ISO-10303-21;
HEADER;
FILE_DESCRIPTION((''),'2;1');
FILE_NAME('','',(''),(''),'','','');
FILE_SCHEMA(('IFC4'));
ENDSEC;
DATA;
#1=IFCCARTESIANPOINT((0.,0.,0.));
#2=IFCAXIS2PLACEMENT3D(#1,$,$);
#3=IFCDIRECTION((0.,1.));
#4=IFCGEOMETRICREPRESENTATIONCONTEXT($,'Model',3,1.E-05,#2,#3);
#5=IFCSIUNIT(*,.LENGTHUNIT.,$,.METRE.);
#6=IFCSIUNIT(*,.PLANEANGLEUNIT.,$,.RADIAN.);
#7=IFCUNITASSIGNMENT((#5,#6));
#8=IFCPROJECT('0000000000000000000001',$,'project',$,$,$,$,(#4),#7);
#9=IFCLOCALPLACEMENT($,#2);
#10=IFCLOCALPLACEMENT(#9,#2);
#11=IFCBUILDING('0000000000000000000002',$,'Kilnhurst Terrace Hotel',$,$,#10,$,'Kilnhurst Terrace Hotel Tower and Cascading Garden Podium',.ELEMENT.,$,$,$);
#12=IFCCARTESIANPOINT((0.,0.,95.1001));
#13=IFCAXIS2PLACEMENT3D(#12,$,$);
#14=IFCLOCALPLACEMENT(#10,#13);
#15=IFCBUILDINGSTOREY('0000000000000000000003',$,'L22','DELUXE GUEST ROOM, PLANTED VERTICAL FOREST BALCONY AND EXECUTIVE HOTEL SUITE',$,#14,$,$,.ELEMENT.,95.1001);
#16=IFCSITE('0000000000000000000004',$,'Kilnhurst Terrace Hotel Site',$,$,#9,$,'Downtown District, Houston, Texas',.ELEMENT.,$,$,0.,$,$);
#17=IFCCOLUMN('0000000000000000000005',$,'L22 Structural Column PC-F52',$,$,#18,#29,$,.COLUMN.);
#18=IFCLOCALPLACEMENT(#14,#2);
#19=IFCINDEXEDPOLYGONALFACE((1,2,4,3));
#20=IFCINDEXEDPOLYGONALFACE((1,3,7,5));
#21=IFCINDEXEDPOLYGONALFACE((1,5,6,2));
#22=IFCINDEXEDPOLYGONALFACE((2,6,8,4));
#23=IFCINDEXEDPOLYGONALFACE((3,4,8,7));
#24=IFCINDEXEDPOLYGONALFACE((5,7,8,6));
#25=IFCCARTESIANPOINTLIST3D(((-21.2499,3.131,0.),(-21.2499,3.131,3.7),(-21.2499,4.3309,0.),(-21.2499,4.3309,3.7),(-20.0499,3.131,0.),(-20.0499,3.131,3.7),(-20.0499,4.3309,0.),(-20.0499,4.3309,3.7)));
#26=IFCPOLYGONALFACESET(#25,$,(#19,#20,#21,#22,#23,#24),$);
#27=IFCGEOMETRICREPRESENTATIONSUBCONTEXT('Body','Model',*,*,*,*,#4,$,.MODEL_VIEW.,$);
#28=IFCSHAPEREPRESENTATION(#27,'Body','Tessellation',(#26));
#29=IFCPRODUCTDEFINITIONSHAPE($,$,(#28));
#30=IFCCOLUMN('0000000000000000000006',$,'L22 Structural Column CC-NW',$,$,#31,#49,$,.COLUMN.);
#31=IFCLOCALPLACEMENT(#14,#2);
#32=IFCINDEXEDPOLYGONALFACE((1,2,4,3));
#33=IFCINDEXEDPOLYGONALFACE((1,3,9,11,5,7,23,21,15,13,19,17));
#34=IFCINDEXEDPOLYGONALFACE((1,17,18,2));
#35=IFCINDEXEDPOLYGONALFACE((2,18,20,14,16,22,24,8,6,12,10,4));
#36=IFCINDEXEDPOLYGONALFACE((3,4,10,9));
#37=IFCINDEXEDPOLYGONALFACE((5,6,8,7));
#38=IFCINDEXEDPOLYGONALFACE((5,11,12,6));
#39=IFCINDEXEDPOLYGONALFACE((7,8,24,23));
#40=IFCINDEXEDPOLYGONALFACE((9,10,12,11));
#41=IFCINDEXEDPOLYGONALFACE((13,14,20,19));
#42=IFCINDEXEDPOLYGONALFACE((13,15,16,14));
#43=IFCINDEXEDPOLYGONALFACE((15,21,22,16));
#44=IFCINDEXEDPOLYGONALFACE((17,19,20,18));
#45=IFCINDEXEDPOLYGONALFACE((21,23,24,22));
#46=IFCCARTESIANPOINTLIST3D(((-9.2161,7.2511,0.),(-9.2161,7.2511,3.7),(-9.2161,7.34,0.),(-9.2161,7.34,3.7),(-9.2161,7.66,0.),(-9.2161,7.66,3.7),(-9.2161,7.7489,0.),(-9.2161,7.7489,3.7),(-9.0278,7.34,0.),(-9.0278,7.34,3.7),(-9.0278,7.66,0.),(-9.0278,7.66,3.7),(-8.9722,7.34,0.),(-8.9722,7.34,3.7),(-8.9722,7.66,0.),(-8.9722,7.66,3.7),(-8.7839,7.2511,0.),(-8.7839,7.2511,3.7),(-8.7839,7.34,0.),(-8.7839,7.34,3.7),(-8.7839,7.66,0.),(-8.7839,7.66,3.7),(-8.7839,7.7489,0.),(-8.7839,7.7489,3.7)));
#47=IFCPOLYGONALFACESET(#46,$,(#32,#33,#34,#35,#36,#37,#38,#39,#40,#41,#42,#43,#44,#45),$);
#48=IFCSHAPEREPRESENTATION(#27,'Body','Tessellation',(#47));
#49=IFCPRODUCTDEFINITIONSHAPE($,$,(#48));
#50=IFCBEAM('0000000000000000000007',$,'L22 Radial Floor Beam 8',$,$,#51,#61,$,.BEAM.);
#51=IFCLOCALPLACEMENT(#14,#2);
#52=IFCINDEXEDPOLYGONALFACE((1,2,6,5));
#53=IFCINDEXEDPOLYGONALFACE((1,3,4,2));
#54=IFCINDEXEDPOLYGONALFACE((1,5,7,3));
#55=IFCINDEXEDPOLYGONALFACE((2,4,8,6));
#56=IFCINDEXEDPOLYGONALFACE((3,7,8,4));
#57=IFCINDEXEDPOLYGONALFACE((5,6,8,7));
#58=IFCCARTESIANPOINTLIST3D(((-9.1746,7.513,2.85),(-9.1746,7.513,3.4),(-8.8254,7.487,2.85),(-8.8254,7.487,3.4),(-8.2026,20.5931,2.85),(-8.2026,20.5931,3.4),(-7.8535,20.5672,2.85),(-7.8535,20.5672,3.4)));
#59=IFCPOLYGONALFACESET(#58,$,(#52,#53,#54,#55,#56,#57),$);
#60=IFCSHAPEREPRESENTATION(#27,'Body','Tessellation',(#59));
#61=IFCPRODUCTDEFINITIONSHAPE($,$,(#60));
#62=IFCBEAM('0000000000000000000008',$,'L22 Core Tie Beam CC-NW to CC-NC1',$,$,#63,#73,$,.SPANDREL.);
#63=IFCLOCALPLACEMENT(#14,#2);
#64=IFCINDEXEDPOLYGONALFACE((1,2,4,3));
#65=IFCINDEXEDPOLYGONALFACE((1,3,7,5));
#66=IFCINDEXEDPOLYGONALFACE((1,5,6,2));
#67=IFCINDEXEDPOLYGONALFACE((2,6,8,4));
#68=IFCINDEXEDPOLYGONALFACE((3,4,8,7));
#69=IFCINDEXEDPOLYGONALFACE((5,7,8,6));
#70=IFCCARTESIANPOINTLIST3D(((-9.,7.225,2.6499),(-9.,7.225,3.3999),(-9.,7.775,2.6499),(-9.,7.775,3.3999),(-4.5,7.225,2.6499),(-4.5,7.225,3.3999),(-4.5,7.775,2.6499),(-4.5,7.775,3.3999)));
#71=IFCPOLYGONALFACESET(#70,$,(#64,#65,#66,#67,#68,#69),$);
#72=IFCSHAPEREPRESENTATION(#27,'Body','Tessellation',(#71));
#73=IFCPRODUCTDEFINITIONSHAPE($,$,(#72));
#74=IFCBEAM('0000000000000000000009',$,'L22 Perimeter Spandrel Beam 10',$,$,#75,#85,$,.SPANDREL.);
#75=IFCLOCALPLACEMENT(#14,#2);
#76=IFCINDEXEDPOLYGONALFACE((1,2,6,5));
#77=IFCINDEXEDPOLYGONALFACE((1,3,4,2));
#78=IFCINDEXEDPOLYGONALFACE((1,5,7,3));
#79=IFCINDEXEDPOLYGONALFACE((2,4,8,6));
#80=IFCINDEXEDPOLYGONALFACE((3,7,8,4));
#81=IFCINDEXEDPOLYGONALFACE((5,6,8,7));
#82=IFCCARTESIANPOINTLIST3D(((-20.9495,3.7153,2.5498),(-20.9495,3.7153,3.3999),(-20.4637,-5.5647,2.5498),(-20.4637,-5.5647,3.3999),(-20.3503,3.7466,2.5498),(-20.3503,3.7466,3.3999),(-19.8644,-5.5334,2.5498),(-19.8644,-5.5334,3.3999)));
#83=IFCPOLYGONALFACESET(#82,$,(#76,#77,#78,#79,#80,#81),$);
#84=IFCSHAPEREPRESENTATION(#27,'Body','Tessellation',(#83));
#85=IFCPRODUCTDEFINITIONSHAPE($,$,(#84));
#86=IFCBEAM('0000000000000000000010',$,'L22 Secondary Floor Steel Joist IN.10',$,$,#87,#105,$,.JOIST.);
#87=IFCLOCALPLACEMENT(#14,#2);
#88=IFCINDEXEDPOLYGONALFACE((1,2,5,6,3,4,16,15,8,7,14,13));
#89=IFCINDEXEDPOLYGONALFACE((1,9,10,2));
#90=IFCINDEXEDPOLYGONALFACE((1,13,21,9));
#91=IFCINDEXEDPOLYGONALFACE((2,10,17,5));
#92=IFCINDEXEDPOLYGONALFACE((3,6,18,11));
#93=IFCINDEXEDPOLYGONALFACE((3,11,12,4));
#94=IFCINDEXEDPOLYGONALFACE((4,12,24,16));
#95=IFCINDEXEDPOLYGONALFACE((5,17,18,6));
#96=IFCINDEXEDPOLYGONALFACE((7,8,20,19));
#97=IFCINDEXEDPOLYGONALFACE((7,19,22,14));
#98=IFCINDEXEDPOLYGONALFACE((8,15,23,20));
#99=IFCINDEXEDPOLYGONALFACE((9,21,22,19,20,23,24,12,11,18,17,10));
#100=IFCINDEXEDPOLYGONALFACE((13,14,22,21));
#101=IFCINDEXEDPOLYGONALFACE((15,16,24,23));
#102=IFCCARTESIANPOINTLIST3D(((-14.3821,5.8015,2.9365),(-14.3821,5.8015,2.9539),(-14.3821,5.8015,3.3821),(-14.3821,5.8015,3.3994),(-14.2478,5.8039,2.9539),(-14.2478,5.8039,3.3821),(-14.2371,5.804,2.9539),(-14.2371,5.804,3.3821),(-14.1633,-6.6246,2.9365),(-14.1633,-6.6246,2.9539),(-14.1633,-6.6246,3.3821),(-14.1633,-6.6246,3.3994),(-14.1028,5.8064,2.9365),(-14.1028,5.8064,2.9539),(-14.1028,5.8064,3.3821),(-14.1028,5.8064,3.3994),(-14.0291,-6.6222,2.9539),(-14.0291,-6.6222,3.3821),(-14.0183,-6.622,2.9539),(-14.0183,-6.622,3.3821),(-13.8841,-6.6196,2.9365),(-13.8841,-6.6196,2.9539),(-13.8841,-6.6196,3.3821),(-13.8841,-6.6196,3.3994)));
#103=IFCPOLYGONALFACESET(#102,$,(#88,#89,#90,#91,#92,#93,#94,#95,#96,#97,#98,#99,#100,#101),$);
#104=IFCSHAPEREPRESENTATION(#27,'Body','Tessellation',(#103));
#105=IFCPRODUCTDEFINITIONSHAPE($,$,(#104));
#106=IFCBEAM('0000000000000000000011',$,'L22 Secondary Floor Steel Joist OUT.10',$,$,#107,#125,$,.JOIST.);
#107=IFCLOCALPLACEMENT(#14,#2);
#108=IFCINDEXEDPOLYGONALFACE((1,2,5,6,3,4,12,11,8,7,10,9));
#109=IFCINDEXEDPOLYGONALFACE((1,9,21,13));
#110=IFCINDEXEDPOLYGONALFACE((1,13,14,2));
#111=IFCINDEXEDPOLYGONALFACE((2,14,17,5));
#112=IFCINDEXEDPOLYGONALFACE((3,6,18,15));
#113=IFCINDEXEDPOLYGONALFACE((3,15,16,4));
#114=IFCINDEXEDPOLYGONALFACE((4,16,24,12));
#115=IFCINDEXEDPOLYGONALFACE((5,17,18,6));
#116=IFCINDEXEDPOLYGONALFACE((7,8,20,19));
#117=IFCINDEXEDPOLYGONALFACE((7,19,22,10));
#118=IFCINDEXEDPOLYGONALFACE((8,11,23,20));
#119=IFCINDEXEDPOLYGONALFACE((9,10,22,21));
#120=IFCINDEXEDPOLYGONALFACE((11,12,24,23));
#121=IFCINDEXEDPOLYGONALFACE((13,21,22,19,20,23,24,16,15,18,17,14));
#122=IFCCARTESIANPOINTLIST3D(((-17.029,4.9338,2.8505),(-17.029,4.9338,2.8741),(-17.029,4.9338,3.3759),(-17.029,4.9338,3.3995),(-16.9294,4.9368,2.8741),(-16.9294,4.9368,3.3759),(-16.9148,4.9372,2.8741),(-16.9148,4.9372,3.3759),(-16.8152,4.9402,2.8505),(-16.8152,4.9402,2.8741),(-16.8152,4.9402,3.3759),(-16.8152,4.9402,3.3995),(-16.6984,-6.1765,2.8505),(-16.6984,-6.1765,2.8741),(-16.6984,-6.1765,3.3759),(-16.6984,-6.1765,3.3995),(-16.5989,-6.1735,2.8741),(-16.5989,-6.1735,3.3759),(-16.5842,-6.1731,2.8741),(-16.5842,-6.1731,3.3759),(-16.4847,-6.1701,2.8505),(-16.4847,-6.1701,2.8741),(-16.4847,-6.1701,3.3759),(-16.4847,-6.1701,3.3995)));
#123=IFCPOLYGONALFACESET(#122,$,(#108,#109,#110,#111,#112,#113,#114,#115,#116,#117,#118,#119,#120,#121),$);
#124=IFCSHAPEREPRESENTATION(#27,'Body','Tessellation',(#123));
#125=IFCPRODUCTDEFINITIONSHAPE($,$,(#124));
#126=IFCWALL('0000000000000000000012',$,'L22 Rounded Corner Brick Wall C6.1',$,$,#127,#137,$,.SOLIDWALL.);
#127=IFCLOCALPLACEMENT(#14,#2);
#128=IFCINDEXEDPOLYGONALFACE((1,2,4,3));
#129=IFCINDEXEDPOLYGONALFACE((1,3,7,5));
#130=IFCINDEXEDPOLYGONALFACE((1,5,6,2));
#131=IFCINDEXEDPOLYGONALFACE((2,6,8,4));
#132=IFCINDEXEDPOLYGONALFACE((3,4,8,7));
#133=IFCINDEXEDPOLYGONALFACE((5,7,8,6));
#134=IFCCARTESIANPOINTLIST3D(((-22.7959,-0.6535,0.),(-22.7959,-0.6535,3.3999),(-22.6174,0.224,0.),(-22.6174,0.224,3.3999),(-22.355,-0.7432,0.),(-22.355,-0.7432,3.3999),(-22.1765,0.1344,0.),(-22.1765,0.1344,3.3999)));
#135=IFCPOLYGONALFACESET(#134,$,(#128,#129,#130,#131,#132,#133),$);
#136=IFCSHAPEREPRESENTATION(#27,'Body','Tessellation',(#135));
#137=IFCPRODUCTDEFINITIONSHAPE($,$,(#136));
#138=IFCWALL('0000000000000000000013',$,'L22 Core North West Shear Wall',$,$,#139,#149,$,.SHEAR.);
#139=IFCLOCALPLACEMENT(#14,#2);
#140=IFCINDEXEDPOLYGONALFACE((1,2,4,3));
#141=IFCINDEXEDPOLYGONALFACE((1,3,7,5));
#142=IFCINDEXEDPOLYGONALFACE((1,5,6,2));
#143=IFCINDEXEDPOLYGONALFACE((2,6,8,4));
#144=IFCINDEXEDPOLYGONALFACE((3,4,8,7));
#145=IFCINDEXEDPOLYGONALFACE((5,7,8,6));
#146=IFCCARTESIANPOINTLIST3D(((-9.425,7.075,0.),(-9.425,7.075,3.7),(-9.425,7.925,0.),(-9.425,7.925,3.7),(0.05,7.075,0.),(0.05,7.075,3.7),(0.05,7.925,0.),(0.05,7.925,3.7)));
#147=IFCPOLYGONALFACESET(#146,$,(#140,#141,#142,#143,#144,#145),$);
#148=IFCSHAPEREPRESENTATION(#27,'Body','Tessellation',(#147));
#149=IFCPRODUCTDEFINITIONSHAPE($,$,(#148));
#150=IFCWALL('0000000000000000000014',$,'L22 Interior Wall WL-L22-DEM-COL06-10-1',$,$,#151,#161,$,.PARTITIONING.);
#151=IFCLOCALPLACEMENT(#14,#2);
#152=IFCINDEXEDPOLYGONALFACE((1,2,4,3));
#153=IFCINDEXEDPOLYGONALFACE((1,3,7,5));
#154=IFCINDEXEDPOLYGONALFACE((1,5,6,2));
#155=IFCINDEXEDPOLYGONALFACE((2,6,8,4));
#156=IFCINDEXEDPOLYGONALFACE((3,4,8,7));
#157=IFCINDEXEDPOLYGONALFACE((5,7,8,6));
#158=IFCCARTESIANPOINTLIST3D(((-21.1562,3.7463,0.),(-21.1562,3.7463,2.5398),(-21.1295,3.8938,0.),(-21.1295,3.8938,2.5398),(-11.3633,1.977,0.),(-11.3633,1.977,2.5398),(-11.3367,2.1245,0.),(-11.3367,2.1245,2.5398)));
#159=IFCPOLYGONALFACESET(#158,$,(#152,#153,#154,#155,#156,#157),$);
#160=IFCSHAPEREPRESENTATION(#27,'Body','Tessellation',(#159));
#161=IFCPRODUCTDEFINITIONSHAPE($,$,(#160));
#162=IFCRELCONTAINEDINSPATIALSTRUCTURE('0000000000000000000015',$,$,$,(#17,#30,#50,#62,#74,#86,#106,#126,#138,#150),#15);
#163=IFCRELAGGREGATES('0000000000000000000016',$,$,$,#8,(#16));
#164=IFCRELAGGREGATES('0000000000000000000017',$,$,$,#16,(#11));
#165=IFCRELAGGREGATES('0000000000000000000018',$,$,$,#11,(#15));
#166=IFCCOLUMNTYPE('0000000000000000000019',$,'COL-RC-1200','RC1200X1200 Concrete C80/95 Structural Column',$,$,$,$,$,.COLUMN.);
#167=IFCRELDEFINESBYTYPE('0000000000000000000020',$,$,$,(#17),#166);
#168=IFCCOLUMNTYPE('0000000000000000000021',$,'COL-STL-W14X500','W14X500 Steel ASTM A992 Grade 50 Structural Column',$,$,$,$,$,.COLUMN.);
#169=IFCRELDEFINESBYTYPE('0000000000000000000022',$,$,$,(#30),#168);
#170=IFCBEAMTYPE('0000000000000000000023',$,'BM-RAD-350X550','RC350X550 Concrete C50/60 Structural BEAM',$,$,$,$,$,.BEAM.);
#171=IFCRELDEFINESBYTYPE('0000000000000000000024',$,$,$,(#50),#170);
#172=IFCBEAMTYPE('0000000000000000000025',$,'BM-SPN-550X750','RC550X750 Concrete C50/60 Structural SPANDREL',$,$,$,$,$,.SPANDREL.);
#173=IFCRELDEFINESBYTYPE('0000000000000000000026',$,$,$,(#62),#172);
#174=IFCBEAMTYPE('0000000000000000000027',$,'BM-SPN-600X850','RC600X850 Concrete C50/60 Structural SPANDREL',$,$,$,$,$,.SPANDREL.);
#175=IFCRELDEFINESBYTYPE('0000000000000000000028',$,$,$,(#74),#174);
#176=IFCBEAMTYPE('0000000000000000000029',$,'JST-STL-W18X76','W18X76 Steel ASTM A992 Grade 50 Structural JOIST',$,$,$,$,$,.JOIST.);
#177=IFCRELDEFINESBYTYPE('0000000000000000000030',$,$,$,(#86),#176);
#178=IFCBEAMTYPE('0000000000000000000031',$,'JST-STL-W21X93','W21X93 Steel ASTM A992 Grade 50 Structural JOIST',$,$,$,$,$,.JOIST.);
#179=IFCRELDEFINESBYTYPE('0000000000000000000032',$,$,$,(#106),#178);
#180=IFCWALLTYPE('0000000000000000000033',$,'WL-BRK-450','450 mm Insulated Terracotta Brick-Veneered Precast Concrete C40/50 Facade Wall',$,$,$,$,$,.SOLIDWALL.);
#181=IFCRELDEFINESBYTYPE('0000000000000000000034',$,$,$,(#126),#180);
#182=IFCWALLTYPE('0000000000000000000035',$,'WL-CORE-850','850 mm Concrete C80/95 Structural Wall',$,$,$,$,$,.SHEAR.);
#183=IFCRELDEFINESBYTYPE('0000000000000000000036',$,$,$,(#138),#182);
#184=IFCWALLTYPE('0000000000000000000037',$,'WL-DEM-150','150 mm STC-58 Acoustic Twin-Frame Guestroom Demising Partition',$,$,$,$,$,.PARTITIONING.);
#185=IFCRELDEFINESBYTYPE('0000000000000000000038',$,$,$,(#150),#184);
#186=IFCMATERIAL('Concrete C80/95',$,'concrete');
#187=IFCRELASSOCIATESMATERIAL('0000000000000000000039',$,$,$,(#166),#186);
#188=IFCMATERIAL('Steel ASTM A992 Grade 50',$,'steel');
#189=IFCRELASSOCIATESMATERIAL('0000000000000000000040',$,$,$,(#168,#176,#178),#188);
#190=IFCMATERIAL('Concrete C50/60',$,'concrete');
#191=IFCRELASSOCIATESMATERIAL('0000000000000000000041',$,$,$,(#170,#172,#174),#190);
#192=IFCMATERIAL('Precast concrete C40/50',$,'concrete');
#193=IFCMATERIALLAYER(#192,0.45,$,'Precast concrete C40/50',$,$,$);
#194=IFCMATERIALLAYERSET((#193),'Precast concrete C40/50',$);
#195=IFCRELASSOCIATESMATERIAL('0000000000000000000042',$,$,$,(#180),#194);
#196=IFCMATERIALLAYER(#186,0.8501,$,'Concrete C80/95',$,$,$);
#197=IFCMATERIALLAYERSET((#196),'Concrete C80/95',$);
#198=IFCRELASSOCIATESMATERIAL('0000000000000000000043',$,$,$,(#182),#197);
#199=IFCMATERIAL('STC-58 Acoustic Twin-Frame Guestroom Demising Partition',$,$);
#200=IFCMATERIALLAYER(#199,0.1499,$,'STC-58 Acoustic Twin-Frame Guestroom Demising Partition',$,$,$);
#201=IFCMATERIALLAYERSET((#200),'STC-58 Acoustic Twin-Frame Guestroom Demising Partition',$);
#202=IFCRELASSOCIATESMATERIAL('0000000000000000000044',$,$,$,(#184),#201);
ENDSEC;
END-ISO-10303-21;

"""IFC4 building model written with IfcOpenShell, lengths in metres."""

from ifc_helpers import new_model, si_unit, direction, frame, frame_2d, origin, origin_2d, place, context, subcontext, project, spatial, rectangle, i_section, extrude, material, layer, layer_set, material_profile, profile_set, type_object, element, save


model = new_model("IFC4")

# Units and contexts
model_context = context("Model", 3, precision=1e-05, world=origin(), true_north=direction((0.0, 1.0)))
body_context = subcontext(model_context, "Body", "Model", "MODEL_VIEW")
ifc_project = project(units=[si_unit("LENGTHUNIT", "METRE"), si_unit("PLANEANGLEUNIT", "RADIAN")], contexts=[model_context])

# Site, building, storey
site_placement = place(None, origin())
site = spatial("IfcSite", under=ifc_project, at=site_placement, Name="Kilnhurst Terrace Hotel Site", LongName="Downtown District, Houston, Texas", CompositionType="ELEMENT", RefElevation=0.0)
building_placement = place(site_placement, origin())
building = spatial("IfcBuilding", under=site, at=building_placement, Name="Kilnhurst Terrace Hotel", LongName="Kilnhurst Terrace Hotel Tower and Cascading Garden Podium", CompositionType="ELEMENT")
storey_placement = place(building_placement, frame((0.0, 0.0, 95.1001)))
storey = spatial("IfcBuildingStorey", under=building, at=storey_placement, Name="L22", Description="DELUXE GUEST ROOM, PLANTED VERTICAL FOREST BALCONY AND EXECUTIVE HOTEL SUITE", CompositionType="ELEMENT", Elevation=95.1001)

# Columns
ifc_material_1 = material(Name="Concrete C80/95", Category="concrete")
ifc_material_profile_1 = material_profile(ifc_material_1, rectangle(XDim=1.2, YDim=1.2, at=origin_2d()), Name="RC1200X1200")
ifc_profile_set_1 = profile_set([ifc_material_profile_1], Name="Concrete C80/95")
column_type_1 = type_object("IfcColumnType", Name="COL-RC-1200", Description="RC1200X1200 Concrete C80/95 Structural Column", PredefinedType="COLUMN", material=ifc_profile_set_1)
column_1_placement = place(storey_placement, frame((-20.6499, 3.731, 0.0), z_axis=(0.0, 0.0, 1.0), x_axis=(1.0, 0.0, 0.0)))
element("IfcColumn", 1, at=column_1_placement, inside=storey, type_object=column_type_1, Name="L22 Structural Column PC-F52", PredefinedType="COLUMN", context=body_context, shape_type="SweptSolid", body=[
    extrude(rectangle(XDim=1.2, YDim=1.2, at=origin_2d()), origin(), (0.0, 0.0, 1.0), 3.7),
])
ifc_material_2 = material(Name="Steel ASTM A992 Grade 50", Category="steel")
ifc_material_profile_2 = material_profile(ifc_material_2, i_section(OverallWidth=0.4321, OverallDepth=0.4978, WebThickness=0.0557, FlangeThickness=0.0889, at=origin_2d()), Name="W14X500")
ifc_profile_set_2 = profile_set([ifc_material_profile_2], Name="Steel ASTM A992 Grade 50")
column_type_2 = type_object("IfcColumnType", Name="COL-STL-W14X500", Description="W14X500 Steel ASTM A992 Grade 50 Structural Column", PredefinedType="COLUMN", material=ifc_profile_set_2)
column_2_placement = place(storey_placement, frame((-9.0, 7.5, 0.0), z_axis=(0.0, 0.0, 1.0), x_axis=(1.0, 0.0, 0.0)))
element("IfcColumn", 2, at=column_2_placement, inside=storey, type_object=column_type_2, Name="L22 Structural Column CC-NW", PredefinedType="COLUMN", context=body_context, shape_type="SweptSolid", body=[
    extrude(i_section(OverallWidth=0.4321, OverallDepth=0.4978, WebThickness=0.0557, FlangeThickness=0.0889, at=origin_2d()), origin(), (0.0, 0.0, 1.0), 3.7),
])

# Beams
ifc_material_3 = material(Name="Concrete C50/60", Category="concrete")
ifc_material_profile_3 = material_profile(ifc_material_3, rectangle(XDim=0.3501, YDim=0.55, at=origin_2d()), Name="RC350X550")
ifc_profile_set_3 = profile_set([ifc_material_profile_3], Name="Concrete C50/60")
beam_type_1 = type_object("IfcBeamType", Name="BM-RAD-350X550", Description="RC350X550 Concrete C50/60 Structural BEAM", PredefinedType="BEAM", material=ifc_profile_set_3)
beam_1_placement = place(storey_placement, frame((-9.0, 7.5, 3.125), z_axis=(0.074101, 0.997251, 0.0), x_axis=(-0.997251, 0.074101, 0.0)))
element("IfcBeam", 3, at=beam_1_placement, inside=storey, type_object=beam_type_1, Name="L22 Radial Floor Beam 8", PredefinedType="BEAM", context=body_context, shape_type="SweptSolid", body=[
    extrude(rectangle(XDim=0.3501, YDim=0.55, at=origin_2d()), origin(), (0.0, 0.0, 1.0), 13.1162),
])
ifc_material_profile_4 = material_profile(ifc_material_3, rectangle(XDim=0.55, YDim=0.75, at=origin_2d()), Name="RC550X750")
ifc_profile_set_4 = profile_set([ifc_material_profile_4], Name="Concrete C50/60")
beam_type_2 = type_object("IfcBeamType", Name="BM-SPN-550X750", Description="RC550X750 Concrete C50/60 Structural SPANDREL", PredefinedType="SPANDREL", material=ifc_profile_set_4)
beam_2_placement = place(storey_placement, frame((-9.0, 7.5, 3.0249), z_axis=(1.0, 0.0, 0.0), x_axis=(0.0, 1.0, 0.0)))
element("IfcBeam", 4, at=beam_2_placement, inside=storey, type_object=beam_type_2, Name="L22 Core Tie Beam CC-NW to CC-NC1", PredefinedType="SPANDREL", context=body_context, shape_type="SweptSolid", body=[
    extrude(rectangle(XDim=0.55, YDim=0.75, at=origin_2d()), origin(), (0.0, 0.0, 1.0), 4.5),
])
ifc_material_profile_5 = material_profile(ifc_material_3, rectangle(XDim=0.6001, YDim=0.8501, at=origin_2d()), Name="RC600X850")
ifc_profile_set_5 = profile_set([ifc_material_profile_5], Name="Concrete C50/60")
beam_type_3 = type_object("IfcBeamType", Name="BM-SPN-600X850", Description="RC600X850 Concrete C50/60 Structural SPANDREL", PredefinedType="SPANDREL", material=ifc_profile_set_5)
beam_3_placement = place(storey_placement, frame((-20.6499, 3.731, 2.9749), z_axis=(0.052282, -0.998632, 0.0), x_axis=(0.998632, 0.052282, 0.0)))
element("IfcBeam", 5, at=beam_3_placement, inside=storey, type_object=beam_type_3, Name="L22 Perimeter Spandrel Beam 10", PredefinedType="SPANDREL", context=body_context, shape_type="SweptSolid", body=[
    extrude(rectangle(XDim=0.6001, YDim=0.8501, at=origin_2d()), origin(), (0.0, 0.0, 1.0), 9.2927),
])
ifc_material_profile_6 = material_profile(ifc_material_2, i_section(OverallWidth=0.2793, OverallDepth=0.4629, WebThickness=0.0107, FlangeThickness=0.0173, at=origin_2d()), Name="W18X76")
ifc_profile_set_6 = profile_set([ifc_material_profile_6], Name="Steel ASTM A992 Grade 50")
beam_type_4 = type_object("IfcBeamType", Name="JST-STL-W18X76", Description="W18X76 Steel ASTM A992 Grade 50 Structural JOIST", PredefinedType="JOIST", material=ifc_profile_set_6)
beam_4_placement = place(storey_placement, frame((-14.2424, 5.804, 3.168), z_axis=(0.017601, -0.999845, 0.0), x_axis=(0.999845, 0.017601, 0.0)))
element("IfcBeam", 6, at=beam_4_placement, inside=storey, type_object=beam_type_4, Name="L22 Secondary Floor Steel Joist IN.10", PredefinedType="JOIST", context=body_context, shape_type="SweptSolid", body=[
    extrude(i_section(OverallWidth=0.2793, OverallDepth=0.4629, WebThickness=0.0107, FlangeThickness=0.0173, at=origin_2d()), origin(), (0.0, 0.0, 1.0), 12.428),
])
ifc_material_profile_7 = material_profile(ifc_material_2, i_section(OverallWidth=0.2139, OverallDepth=0.5491, WebThickness=0.0146, FlangeThickness=0.0237, at=origin_2d()), Name="W21X93")
ifc_profile_set_7 = profile_set([ifc_material_profile_7], Name="Steel ASTM A992 Grade 50")
beam_type_5 = type_object("IfcBeamType", Name="JST-STL-W21X93", Description="W21X93 Steel ASTM A992 Grade 50 Structural JOIST", PredefinedType="JOIST", material=ifc_profile_set_7)
beam_5_placement = place(storey_placement, frame((-16.9221, 4.937, 3.125), z_axis=(0.02974, -0.999558, 0.0), x_axis=(0.999558, 0.02974, 0.0)))
element("IfcBeam", 7, at=beam_5_placement, inside=storey, type_object=beam_type_5, Name="L22 Secondary Floor Steel Joist OUT.10", PredefinedType="JOIST", context=body_context, shape_type="SweptSolid", body=[
    extrude(i_section(OverallWidth=0.2139, OverallDepth=0.5491, WebThickness=0.0146, FlangeThickness=0.0237, at=origin_2d()), origin(), (0.0, 0.0, 1.0), 11.1152),
])

# Walls
ifc_material_4 = material(Name="Precast concrete C40/50", Category="concrete")
ifc_layer_1 = layer(ifc_material_4, 0.45, Name="Precast concrete C40/50")
ifc_layer_set_1 = layer_set([ifc_layer_1], Name="Precast concrete C40/50")
wall_type_1 = type_object("IfcWallType", Name="WL-BRK-450", Description="450 mm Insulated Terracotta Brick-Veneered Precast Concrete C40/50 Facade Wall", PredefinedType="SOLIDWALL", material=ifc_layer_set_1)
wall_1_placement = place(storey_placement, frame((-22.397, 0.1792, 0.0), z_axis=(0.0, 0.0, 1.0), x_axis=(-0.199314, -0.979936, 0.0)))
element("IfcWall", 8, at=wall_1_placement, inside=storey, type_object=wall_type_1, Name="L22 Rounded Corner Brick Wall C6.1", PredefinedType="SOLIDWALL", context=body_context, shape_type="SweptSolid", body=[
    extrude(rectangle(XDim=0.8955, YDim=0.45, at=frame_2d((0.4478, 0.0))), origin(), (0.0, 0.0, 1.0), 3.3999),
])
ifc_layer_2 = layer(ifc_material_1, 0.8501, Name="Concrete C80/95")
ifc_layer_set_2 = layer_set([ifc_layer_2], Name="Concrete C80/95")
wall_type_2 = type_object("IfcWallType", Name="WL-CORE-850", Description="850 mm Concrete C80/95 Structural Wall", PredefinedType="SHEAR", material=ifc_layer_set_2)
wall_2_placement = place(storey_placement, frame((-9.425, 7.5, 0.0), z_axis=(0.0, 0.0, 1.0), x_axis=(1.0, 0.0, 0.0)))
element("IfcWall", 9, at=wall_2_placement, inside=storey, type_object=wall_type_2, Name="L22 Core North West Shear Wall", PredefinedType="SHEAR", context=body_context, shape_type="SweptSolid", body=[
    extrude(rectangle(XDim=9.4751, YDim=0.8501, at=frame_2d((4.7375, 0.0))), origin(), (0.0, 0.0, 1.0), 3.7),
])
ifc_material_5 = material(Name="STC-58 Acoustic Twin-Frame Guestroom Demising Partition")
ifc_layer_3 = layer(ifc_material_5, 0.1499, Name="STC-58 Acoustic Twin-Frame Guestroom Demising Partition")
ifc_layer_set_3 = layer_set([ifc_layer_3], Name="STC-58 Acoustic Twin-Frame Guestroom Demising Partition")
wall_type_3 = type_object("IfcWallType", Name="WL-DEM-150", Description="150 mm STC-58 Acoustic Twin-Frame Guestroom Demising Partition", PredefinedType="PARTITIONING", material=ifc_layer_set_3)
wall_3_placement = place(storey_placement, frame((-11.3501, 2.0508, 0.0), z_axis=(0.0, 0.0, 1.0), x_axis=(-0.984068, 0.177791, 0.0)))
element("IfcWall", 10, at=wall_3_placement, inside=storey, type_object=wall_type_3, Name="L22 Interior Wall WL-L22-DEM-COL06-10-1", PredefinedType="PARTITIONING", context=body_context, shape_type="SweptSolid", body=[
    extrude(rectangle(XDim=9.9514, YDim=0.1499, at=frame_2d((4.9756, 0.0))), origin(), (0.0, 0.0, 1.0), 2.5398),
])

save(model, "model.ifc")
